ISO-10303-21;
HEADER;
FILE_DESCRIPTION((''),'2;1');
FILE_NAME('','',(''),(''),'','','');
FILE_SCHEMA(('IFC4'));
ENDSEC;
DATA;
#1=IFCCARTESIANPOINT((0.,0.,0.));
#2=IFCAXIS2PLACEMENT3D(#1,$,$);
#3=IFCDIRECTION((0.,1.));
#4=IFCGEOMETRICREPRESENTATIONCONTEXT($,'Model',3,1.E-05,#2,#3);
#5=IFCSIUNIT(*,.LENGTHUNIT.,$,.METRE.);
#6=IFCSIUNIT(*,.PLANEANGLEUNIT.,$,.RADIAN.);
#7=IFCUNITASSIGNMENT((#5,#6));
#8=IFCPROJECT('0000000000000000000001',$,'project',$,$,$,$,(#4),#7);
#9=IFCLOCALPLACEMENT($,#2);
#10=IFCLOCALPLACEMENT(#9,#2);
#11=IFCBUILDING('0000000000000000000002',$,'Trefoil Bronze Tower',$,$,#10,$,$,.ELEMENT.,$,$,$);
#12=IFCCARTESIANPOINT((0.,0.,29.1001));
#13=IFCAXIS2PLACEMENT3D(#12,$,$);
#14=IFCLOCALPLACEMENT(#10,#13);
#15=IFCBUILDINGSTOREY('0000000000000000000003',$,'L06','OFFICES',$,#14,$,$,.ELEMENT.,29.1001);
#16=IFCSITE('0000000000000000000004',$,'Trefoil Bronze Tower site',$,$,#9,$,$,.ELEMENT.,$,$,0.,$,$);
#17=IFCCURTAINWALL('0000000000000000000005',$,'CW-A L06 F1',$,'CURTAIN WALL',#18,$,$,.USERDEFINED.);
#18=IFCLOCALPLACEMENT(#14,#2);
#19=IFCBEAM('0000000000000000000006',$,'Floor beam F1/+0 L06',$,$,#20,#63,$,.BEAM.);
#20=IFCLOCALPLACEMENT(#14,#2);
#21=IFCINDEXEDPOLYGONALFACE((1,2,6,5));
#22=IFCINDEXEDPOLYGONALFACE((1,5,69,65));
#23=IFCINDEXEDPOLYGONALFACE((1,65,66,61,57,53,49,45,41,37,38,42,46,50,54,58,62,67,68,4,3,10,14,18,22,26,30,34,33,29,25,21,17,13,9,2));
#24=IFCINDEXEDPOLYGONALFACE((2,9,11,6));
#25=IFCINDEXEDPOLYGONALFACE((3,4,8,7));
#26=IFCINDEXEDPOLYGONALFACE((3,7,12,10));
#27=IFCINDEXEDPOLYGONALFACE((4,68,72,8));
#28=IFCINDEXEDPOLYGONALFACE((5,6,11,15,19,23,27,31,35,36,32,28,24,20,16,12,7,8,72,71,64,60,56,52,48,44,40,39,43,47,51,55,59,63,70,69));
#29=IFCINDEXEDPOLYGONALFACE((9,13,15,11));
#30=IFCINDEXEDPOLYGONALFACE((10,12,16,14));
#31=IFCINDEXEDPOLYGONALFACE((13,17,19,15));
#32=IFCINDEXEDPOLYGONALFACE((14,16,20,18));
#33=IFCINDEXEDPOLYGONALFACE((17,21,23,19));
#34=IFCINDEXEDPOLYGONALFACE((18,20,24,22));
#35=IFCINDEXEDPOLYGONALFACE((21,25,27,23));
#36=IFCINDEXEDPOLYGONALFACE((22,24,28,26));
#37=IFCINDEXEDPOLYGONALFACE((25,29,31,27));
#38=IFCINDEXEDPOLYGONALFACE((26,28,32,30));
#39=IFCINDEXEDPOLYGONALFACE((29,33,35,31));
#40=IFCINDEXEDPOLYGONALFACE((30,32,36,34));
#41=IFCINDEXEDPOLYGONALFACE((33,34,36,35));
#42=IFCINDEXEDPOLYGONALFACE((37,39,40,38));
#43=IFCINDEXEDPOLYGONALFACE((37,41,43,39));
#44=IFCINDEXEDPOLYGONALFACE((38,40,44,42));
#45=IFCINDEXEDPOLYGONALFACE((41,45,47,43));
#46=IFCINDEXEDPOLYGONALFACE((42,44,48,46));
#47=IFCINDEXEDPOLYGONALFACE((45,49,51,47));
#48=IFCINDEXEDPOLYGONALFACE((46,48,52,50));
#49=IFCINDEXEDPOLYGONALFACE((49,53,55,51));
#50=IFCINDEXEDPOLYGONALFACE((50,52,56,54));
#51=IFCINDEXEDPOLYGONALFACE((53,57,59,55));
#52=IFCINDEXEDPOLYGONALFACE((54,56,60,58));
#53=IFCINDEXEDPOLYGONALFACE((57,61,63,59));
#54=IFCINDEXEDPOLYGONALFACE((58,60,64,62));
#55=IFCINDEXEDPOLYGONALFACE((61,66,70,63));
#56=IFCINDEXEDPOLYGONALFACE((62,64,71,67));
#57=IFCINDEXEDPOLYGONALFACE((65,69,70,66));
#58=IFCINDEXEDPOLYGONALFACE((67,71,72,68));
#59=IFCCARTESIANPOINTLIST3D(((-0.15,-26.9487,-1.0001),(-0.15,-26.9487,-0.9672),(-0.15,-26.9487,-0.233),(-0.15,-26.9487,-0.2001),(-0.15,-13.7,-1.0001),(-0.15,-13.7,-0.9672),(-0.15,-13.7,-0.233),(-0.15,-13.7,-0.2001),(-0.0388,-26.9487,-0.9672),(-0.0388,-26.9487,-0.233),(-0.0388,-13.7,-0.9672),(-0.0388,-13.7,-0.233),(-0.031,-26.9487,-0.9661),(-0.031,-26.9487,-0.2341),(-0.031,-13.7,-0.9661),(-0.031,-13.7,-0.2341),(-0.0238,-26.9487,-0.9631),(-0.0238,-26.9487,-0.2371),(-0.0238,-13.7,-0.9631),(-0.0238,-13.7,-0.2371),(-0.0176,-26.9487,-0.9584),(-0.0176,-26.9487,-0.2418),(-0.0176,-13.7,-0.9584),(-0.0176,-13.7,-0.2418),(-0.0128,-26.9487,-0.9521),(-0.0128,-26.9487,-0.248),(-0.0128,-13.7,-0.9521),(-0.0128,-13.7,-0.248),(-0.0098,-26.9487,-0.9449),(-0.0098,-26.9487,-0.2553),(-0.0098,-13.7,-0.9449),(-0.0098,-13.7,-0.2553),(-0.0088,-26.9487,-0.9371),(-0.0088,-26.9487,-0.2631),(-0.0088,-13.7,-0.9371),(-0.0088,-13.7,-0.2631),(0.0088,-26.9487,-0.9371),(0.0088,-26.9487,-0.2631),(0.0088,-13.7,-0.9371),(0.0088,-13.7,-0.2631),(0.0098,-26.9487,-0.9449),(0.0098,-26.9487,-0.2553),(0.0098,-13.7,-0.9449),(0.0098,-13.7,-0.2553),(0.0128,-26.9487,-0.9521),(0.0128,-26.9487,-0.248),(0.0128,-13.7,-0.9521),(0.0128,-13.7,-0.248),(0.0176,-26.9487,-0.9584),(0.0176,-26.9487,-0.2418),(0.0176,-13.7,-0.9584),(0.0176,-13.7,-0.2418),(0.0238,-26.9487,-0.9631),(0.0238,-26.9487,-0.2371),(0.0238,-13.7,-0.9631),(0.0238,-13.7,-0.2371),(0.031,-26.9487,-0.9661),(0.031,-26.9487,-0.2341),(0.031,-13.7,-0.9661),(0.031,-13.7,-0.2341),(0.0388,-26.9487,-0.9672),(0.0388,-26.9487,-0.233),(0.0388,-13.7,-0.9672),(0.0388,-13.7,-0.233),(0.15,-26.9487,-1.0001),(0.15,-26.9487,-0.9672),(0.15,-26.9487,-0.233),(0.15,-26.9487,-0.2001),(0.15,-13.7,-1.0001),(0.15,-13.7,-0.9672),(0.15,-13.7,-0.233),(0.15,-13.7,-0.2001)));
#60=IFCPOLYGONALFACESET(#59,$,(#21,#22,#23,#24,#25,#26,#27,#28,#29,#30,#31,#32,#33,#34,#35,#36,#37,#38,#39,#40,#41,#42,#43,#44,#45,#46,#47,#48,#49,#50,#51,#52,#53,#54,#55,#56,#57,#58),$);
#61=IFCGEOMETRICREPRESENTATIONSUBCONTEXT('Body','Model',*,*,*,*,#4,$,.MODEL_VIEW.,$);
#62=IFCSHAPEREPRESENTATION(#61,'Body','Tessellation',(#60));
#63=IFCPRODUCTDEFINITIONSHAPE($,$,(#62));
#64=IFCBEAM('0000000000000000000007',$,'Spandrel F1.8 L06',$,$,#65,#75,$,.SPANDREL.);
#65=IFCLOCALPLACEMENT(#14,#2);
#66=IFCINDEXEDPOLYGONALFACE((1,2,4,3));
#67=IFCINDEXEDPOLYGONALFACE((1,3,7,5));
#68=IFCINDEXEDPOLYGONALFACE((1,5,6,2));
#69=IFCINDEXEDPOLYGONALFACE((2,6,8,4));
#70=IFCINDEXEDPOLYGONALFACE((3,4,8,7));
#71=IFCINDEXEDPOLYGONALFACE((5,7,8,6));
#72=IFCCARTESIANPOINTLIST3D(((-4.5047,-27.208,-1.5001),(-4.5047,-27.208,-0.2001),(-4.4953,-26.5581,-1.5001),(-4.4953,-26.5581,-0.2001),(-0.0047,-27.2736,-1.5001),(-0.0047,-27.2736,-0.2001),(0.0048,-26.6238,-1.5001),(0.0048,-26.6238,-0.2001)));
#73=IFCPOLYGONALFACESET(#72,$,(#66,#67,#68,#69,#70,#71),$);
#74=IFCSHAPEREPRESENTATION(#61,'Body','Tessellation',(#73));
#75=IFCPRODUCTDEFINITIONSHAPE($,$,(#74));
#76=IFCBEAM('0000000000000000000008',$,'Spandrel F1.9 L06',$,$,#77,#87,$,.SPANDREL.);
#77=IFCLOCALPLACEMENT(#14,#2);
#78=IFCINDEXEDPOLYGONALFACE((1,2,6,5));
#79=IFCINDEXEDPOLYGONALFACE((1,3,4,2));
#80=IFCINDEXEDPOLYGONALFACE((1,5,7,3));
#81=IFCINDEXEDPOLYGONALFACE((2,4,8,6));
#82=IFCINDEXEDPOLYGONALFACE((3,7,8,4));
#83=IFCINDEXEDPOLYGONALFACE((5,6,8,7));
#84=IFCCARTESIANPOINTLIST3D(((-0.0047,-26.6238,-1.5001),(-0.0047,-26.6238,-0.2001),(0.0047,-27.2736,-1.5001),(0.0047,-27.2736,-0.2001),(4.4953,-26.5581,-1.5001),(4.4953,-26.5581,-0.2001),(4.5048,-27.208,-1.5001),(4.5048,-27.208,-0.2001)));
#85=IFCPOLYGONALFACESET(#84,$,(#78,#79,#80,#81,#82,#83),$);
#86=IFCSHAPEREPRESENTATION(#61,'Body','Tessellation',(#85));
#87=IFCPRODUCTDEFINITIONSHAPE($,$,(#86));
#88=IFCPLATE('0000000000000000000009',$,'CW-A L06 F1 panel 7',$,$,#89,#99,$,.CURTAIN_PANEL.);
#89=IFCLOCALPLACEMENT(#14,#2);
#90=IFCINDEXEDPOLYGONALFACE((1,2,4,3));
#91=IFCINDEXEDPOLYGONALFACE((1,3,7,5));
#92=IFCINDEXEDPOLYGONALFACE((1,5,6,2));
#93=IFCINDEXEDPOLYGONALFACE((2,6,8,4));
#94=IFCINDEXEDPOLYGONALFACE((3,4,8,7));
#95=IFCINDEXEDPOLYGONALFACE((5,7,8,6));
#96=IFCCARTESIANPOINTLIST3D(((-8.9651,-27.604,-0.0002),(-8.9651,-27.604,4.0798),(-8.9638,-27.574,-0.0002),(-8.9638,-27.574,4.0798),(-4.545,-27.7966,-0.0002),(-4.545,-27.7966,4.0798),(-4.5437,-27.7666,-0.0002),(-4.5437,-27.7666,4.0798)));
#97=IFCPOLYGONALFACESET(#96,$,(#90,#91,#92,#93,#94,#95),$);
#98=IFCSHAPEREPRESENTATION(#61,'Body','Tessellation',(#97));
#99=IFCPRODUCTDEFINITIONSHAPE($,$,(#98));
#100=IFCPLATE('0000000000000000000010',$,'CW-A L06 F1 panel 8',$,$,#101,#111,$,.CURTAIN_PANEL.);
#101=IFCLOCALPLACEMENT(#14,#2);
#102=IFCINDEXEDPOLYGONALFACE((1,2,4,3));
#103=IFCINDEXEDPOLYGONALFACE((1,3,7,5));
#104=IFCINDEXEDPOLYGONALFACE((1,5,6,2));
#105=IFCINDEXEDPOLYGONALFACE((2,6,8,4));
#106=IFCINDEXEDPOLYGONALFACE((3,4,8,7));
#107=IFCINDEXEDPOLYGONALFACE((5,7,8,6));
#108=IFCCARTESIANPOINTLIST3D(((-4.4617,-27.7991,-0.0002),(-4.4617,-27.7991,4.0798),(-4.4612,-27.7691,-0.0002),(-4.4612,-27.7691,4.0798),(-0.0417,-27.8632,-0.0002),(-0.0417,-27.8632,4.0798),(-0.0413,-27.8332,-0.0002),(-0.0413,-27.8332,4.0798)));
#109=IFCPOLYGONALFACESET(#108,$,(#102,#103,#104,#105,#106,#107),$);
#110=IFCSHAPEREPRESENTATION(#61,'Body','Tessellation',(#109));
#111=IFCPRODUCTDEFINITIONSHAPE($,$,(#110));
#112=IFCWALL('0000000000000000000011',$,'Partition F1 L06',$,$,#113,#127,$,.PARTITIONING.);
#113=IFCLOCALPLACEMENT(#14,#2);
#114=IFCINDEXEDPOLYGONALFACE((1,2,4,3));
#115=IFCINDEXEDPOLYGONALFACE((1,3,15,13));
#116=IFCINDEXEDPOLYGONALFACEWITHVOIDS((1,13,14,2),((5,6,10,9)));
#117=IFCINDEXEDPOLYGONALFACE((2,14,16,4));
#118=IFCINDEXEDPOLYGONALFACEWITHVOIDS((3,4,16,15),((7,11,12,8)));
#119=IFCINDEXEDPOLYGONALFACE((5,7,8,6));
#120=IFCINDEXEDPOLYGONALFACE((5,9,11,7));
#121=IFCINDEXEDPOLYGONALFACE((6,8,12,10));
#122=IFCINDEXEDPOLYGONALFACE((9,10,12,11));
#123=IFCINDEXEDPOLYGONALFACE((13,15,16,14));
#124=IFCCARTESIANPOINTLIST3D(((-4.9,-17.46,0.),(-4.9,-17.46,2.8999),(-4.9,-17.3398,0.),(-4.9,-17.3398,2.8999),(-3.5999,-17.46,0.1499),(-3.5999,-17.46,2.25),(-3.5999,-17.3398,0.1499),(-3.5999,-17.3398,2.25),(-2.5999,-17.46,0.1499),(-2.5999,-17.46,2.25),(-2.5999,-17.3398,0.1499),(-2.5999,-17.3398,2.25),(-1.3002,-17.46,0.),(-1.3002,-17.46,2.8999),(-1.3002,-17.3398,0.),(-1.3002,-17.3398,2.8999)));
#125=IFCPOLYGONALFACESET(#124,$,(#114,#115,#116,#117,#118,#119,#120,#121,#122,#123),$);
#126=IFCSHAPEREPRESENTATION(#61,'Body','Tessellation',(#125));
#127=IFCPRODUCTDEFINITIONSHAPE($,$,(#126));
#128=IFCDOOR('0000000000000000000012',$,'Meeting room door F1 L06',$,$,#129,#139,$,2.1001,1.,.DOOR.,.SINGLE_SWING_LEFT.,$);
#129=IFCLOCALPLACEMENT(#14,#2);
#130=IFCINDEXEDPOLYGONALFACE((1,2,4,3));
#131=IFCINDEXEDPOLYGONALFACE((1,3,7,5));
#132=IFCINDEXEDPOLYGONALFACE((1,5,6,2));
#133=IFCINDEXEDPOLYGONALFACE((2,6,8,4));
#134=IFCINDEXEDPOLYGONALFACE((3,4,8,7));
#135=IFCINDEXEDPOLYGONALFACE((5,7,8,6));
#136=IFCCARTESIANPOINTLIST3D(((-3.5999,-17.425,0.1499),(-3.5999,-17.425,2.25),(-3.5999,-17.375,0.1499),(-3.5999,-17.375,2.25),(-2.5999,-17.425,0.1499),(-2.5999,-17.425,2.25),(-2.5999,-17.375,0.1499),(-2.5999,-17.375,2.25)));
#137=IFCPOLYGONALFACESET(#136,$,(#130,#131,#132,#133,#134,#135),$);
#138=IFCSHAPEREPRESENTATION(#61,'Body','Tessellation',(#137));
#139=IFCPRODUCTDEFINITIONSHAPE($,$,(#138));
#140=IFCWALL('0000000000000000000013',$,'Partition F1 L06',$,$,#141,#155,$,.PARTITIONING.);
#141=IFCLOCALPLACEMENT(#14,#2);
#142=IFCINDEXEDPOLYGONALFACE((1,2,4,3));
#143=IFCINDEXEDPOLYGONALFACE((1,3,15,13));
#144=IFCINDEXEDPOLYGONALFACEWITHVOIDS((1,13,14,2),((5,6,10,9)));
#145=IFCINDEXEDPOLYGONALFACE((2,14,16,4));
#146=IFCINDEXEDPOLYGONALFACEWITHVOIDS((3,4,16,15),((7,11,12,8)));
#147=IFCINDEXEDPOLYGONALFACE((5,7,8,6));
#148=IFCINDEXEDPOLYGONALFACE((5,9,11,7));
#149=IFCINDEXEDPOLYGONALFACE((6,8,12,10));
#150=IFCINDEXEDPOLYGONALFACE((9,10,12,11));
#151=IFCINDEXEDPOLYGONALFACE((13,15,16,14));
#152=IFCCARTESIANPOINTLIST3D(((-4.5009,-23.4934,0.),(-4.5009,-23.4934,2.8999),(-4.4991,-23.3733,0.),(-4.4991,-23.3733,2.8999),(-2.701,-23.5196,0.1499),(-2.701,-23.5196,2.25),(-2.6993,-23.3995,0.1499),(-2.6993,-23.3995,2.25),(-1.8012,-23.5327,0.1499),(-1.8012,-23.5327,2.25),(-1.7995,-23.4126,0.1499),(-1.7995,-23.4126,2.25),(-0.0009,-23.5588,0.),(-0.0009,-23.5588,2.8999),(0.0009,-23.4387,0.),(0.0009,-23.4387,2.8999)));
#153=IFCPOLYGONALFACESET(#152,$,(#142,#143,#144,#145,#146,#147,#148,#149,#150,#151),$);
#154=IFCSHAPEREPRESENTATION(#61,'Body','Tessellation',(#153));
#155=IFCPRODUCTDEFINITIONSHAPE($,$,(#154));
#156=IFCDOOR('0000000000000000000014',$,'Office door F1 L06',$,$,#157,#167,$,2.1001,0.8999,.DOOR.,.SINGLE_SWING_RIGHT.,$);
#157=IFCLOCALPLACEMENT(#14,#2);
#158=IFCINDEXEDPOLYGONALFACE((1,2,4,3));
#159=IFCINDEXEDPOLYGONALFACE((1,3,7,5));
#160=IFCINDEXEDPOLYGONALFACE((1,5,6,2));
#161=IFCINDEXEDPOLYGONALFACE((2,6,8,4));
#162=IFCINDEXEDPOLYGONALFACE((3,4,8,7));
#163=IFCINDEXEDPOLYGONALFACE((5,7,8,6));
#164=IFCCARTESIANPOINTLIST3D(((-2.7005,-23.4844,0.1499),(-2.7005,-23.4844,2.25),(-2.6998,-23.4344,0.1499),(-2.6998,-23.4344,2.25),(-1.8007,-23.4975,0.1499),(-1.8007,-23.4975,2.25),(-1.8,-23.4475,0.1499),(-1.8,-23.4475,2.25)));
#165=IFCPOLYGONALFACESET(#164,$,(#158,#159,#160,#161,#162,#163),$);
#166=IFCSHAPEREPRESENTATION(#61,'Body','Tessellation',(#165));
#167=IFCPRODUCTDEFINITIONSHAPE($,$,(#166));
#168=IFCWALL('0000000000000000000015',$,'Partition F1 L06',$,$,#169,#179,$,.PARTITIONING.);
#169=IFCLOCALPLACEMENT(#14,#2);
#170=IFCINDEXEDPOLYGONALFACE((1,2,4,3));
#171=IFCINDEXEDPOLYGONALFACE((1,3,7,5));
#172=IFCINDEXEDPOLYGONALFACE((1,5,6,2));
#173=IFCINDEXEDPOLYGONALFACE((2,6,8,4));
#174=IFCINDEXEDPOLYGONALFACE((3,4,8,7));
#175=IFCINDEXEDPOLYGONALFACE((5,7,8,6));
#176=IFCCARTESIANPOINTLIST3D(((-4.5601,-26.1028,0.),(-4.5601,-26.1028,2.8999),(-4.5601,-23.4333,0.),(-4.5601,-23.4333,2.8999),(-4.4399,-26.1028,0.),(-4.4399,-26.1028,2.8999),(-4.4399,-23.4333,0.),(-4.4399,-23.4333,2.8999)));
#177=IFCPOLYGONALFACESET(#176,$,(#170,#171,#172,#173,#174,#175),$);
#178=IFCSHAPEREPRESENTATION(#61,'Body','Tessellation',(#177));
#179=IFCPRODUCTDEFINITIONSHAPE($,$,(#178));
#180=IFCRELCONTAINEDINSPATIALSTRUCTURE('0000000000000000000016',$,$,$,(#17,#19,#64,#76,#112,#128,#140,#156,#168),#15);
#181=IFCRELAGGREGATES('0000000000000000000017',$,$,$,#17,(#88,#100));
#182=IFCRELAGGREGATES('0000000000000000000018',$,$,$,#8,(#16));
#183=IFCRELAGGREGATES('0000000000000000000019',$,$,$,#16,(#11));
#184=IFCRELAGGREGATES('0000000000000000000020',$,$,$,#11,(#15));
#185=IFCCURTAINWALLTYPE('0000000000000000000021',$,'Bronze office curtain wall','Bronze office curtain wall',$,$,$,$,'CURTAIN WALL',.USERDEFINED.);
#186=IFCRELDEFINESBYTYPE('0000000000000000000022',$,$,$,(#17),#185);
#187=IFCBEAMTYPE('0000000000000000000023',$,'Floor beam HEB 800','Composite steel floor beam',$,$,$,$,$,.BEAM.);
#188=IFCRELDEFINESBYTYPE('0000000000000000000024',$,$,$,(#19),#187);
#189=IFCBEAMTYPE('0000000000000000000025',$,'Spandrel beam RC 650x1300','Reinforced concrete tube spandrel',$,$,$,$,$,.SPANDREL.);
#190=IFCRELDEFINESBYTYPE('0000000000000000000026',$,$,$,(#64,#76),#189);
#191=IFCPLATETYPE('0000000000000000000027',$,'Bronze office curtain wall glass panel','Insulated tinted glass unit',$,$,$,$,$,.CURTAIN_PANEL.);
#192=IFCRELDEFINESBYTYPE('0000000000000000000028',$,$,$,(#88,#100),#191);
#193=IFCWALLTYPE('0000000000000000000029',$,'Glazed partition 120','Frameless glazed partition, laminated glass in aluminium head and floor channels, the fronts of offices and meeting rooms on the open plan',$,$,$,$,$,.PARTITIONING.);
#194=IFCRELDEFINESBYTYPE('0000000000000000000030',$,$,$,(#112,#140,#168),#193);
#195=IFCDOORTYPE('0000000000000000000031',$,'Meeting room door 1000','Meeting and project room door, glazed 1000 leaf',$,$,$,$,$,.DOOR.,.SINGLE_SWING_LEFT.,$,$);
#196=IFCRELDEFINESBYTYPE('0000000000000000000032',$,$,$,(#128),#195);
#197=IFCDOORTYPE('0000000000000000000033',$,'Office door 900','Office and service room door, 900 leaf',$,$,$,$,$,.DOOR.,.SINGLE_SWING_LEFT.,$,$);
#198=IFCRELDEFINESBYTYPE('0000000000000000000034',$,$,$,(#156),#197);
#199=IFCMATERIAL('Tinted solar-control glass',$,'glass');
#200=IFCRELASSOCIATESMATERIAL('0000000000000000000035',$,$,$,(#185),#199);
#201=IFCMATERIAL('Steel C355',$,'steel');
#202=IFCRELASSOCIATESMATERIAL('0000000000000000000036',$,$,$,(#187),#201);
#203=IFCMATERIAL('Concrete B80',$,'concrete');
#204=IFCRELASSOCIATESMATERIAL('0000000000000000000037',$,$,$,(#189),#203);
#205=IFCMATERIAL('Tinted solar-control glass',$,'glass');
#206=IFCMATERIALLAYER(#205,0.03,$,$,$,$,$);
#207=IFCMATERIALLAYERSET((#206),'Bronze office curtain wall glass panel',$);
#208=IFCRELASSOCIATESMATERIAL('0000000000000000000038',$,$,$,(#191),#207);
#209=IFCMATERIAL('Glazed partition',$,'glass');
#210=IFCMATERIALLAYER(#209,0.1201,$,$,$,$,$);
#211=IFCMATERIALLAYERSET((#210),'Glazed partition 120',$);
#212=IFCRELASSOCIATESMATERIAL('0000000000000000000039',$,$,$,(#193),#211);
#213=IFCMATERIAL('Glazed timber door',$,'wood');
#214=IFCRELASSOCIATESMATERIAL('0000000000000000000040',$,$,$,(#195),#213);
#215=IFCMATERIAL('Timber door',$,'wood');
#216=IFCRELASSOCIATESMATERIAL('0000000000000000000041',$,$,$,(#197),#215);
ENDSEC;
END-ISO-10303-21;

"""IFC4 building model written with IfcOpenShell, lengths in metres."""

from ifc_helpers import new_model, si_unit, direction, frame, frame_2d, origin, origin_2d, place, context, subcontext, project, spatial, rectangle, i_section, extrude, material, layer, layer_set, material_profile, profile_set, type_object, element, fill, aggregate, save


model = new_model("IFC4")

# Units and contexts
model_context = context("Model", 3, precision=1e-05, world=origin(), true_north=direction((0.0, 1.0)))
body_context = subcontext(model_context, "Body", "Model", "MODEL_VIEW")
ifc_project = project(units=[si_unit("LENGTHUNIT", "METRE"), si_unit("PLANEANGLEUNIT", "RADIAN")], contexts=[model_context])

# Site, building, storey
site_placement = place(None, origin())
site = spatial("IfcSite", under=ifc_project, at=site_placement, Name="Trefoil Bronze Tower site", CompositionType="ELEMENT", RefElevation=0.0)
building_placement = place(site_placement, origin())
building = spatial("IfcBuilding", under=site, at=building_placement, Name="Trefoil Bronze Tower", CompositionType="ELEMENT")
storey_placement = place(building_placement, frame((0.0, 0.0, 29.1001)))
storey = spatial("IfcBuildingStorey", under=building, at=storey_placement, Name="L06", Description="OFFICES", CompositionType="ELEMENT", Elevation=29.1001)

# Curtain wall
ifc_material_1 = material(Name="Tinted solar-control glass", Category="glass")
curtain_wall_type = type_object("IfcCurtainWallType", Name="Bronze office curtain wall", Description="Bronze office curtain wall", ElementType="CURTAIN WALL", PredefinedType="USERDEFINED", material=ifc_material_1)
curtain_wall_placement = place(storey_placement, origin())
curtain_wall = element("IfcCurtainWall", 1, at=curtain_wall_placement, inside=storey, type_object=curtain_wall_type, Name="CW-A L06 F1", ObjectType="CURTAIN WALL", PredefinedType="USERDEFINED")

# Beams
ifc_material_2 = material(Name="Steel C355", Category="steel")
ifc_material_profile_1 = material_profile(ifc_material_2, i_section(OverallWidth=0.3, OverallDepth=0.8, WebThickness=0.0176, FlangeThickness=0.033, FilletRadius=0.03, at=origin_2d()), Name="HEB 800")
ifc_profile_set_1 = profile_set([ifc_material_profile_1], Name="Steel C355")
beam_type_1 = type_object("IfcBeamType", Name="Floor beam HEB 800", Description="Composite steel floor beam", PredefinedType="BEAM", material=ifc_profile_set_1)
beam_1_placement = place(storey_placement, frame((0.0, -26.9487, -0.6001), z_axis=(0.0, 1.0, 0.0), x_axis=(-1.0, 0.0, 0.0)))
element("IfcBeam", 2, at=beam_1_placement, inside=storey, type_object=beam_type_1, Name="Floor beam F1/+0 L06", PredefinedType="BEAM", context=body_context, shape_type="SweptSolid", body=[
    extrude(i_section(OverallWidth=0.3, OverallDepth=0.8, WebThickness=0.0176, FlangeThickness=0.033, FilletRadius=0.03, at=origin_2d()), origin(), (0.0, 0.0, 1.0), 13.2488),
])
ifc_material_3 = material(Name="Concrete B80", Category="concrete")
ifc_material_profile_2 = material_profile(ifc_material_3, rectangle(XDim=0.6499, YDim=1.3, at=origin_2d()), Name="RC 650x1300")
ifc_profile_set_2 = profile_set([ifc_material_profile_2], Name="Concrete B80")
beam_type_2 = type_object("IfcBeamType", Name="Spandrel beam RC 650x1300", Description="Reinforced concrete tube spandrel", PredefinedType="SPANDREL", material=ifc_profile_set_2)
for number, where, z_axis, x_axis, name in (
    (3, (-4.5, -26.8831, -0.8501), (0.999894, -0.014593, 0.0), (0.014593, 0.999894, 0.0), "Spandrel F1.8 L06"),
    (4, (0.0, -26.9487, -0.8501), (0.999894, 0.014593, 0.0), (-0.014593, 0.999894, 0.0), "Spandrel F1.9 L06"),
):
    element("IfcBeam", number, at=place(storey_placement, frame(where, z_axis=z_axis, x_axis=x_axis)), inside=storey, type_object=beam_type_2, Name=name, PredefinedType="SPANDREL", context=body_context, shape_type="SweptSolid", body=[
        extrude(rectangle(XDim=0.6499, YDim=1.3, at=origin_2d()), origin(), (0.0, 0.0, 1.0), 4.5005),
    ])

# Plates
ifc_material_4 = material(Name="Tinted solar-control glass", Category="glass")
ifc_layer_1 = layer(ifc_material_4, 0.03)
ifc_layer_set_1 = layer_set([ifc_layer_1], Name="Bronze office curtain wall glass panel")
plate_type = type_object("IfcPlateType", Name="Bronze office curtain wall glass panel", Description="Insulated tinted glass unit", PredefinedType="CURTAIN_PANEL", material=ifc_layer_set_1)
plate_1_placement = place(storey_placement, frame((-6.7544, -27.6853, -0.0002), z_axis=(0.0, 0.0, 1.0), x_axis=(0.999052, -0.043528, 0.0)))
plate_1 = element("IfcPlate", 5, at=plate_1_placement, type_object=plate_type, Name="CW-A L06 F1 panel 7", PredefinedType="CURTAIN_PANEL", context=body_context, shape_type="SweptSolid", body=[
    extrude(rectangle(XDim=4.4243, YDim=0.03, at=origin_2d()), origin(), (0.0, 0.0, 1.0), 4.0801),
])
plate_2_placement = place(storey_placement, frame((-2.2515, -27.8162, -0.0002), z_axis=(0.0, 0.0, 1.0), x_axis=(0.999895, -0.014509, 0.0)))
plate_2 = element("IfcPlate", 6, at=plate_2_placement, type_object=plate_type, Name="CW-A L06 F1 panel 8", PredefinedType="CURTAIN_PANEL", context=body_context, shape_type="SweptSolid", body=[
    extrude(rectangle(XDim=4.4204, YDim=0.03, at=origin_2d()), origin(), (0.0, 0.0, 1.0), 4.0801),
])
aggregate(curtain_wall, [plate_1, plate_2])

# Walls, openings, doors
ifc_material_5 = material(Name="Glazed partition", Category="glass")
ifc_layer_2 = layer(ifc_material_5, 0.1201)
ifc_layer_set_2 = layer_set([ifc_layer_2], Name="Glazed partition 120")
wall_type = type_object("IfcWallType", Name="Glazed partition 120", Description="Frameless glazed partition, laminated glass in aluminium head and floor channels, the fronts of offices and meeting rooms on the open plan", PredefinedType="PARTITIONING", material=ifc_layer_set_2)
wall_1_placement = place(storey_placement, frame((-4.8999, -17.3999, 0.0), z_axis=(0.0, 0.0, 1.0), x_axis=(1.0, 0.0, 0.0)))
wall_1 = element("IfcWall", 7, at=wall_1_placement, inside=storey, type_object=wall_type, Name="Partition F1 L06", PredefinedType="PARTITIONING", context=body_context, shape_type="SweptSolid", body=[
    extrude(rectangle(XDim=3.5999, YDim=0.1201, at=frame_2d((1.7998, 0.0))), origin(), (0.0, 0.0, 1.0), 2.8999),
])
opening_1_placement = place(wall_1_placement, frame((1.3, 0.0, 0.1499)))
opening_1 = element("IfcOpeningElement", 8, at=opening_1_placement, cuts=wall_1, PredefinedType="OPENING", context=body_context, shape_type="SweptSolid", body=[
    extrude(rectangle(XDim=1.0, YDim=2.1001, at=frame_2d((0.5, 1.05))), frame((0.0, 0.0701, 0.0), z_axis=(0.0, -1.0, 0.0), x_axis=(1.0, 0.0, 0.0)), (0.0, 0.0, 1.0), 0.1401),
])
ifc_material_6 = material(Name="Glazed timber door", Category="wood")
door_type_1 = type_object("IfcDoorType", Name="Meeting room door 1000", Description="Meeting and project room door, glazed 1000 leaf", OperationType="SINGLE_SWING_LEFT", PredefinedType="DOOR", material=ifc_material_6)
door_1_placement = place(opening_1_placement, origin())
door_1 = element("IfcDoor", 9, at=door_1_placement, inside=storey, type_object=door_type_1, Name="Meeting room door F1 L06", OperationType="SINGLE_SWING_LEFT", OverallHeight=2.1001, OverallWidth=1.0, PredefinedType="DOOR", context=body_context, shape_type="SweptSolid", body=[
    extrude(rectangle(XDim=1.0, YDim=2.1001, at=frame_2d((0.5, 1.05))), frame((0.0, 0.0249, 0.0), z_axis=(0.0, -1.0, 0.0), x_axis=(1.0, 0.0, 0.0)), (0.0, 0.0, 1.0), 0.05),
])
fill(opening_1, door_1)
wall_2_placement = place(storey_placement, frame((-4.5, -23.4333, 0.0), z_axis=(0.0, 0.0, 1.0), x_axis=(0.999894, -0.014538, 0.0)))
wall_2 = element("IfcWall", 10, at=wall_2_placement, inside=storey, type_object=wall_type, Name="Partition F1 L06", PredefinedType="PARTITIONING", context=body_context, shape_type="SweptSolid", body=[
    extrude(rectangle(XDim=4.5005, YDim=0.1201, at=frame_2d((2.2502, 0.0))), origin(), (0.0, 0.0, 1.0), 2.8999),
])
opening_2_placement = place(wall_2_placement, frame((1.8, 0.0, 0.1499)))
opening_2 = element("IfcOpeningElement", 11, at=opening_2_placement, cuts=wall_2, PredefinedType="OPENING", context=body_context, shape_type="SweptSolid", body=[
    extrude(rectangle(XDim=0.8999, YDim=2.1001, at=frame_2d((0.45, 1.05))), frame((0.0, 0.0701, 0.0), z_axis=(0.0, -1.0, 0.0), x_axis=(1.0, 0.0, 0.0)), (0.0, 0.0, 1.0), 0.1401),
])
ifc_material_7 = material(Name="Timber door", Category="wood")
door_type_2 = type_object("IfcDoorType", Name="Office door 900", Description="Office and service room door, 900 leaf", OperationType="SINGLE_SWING_LEFT", PredefinedType="DOOR", material=ifc_material_7)
door_2_placement = place(opening_2_placement, frame((0.8999, 0.0, 0.0), z_axis=(0.0, 0.0, 1.0), x_axis=(-1.0, 0.0, 0.0)))
door_2 = element("IfcDoor", 12, at=door_2_placement, inside=storey, type_object=door_type_2, Name="Office door F1 L06", OperationType="SINGLE_SWING_RIGHT", OverallHeight=2.1001, OverallWidth=0.8999, PredefinedType="DOOR", context=body_context, shape_type="SweptSolid", body=[
    extrude(rectangle(XDim=0.8999, YDim=2.1001, at=frame_2d((0.45, 1.05))), frame((0.0, 0.0249, 0.0), z_axis=(0.0, -1.0, 0.0), x_axis=(1.0, 0.0, 0.0)), (0.0, 0.0, 1.0), 0.05),
])
fill(opening_2, door_2)

# Wall
wall_3_placement = place(storey_placement, frame((-4.5, -23.4333, 0.0), z_axis=(0.0, 0.0, 1.0), x_axis=(0.0, -1.0, 0.0)))
element("IfcWall", 13, at=wall_3_placement, inside=storey, type_object=wall_type, Name="Partition F1 L06", PredefinedType="PARTITIONING", context=body_context, shape_type="SweptSolid", body=[
    extrude(rectangle(XDim=2.6694, YDim=0.1201, at=frame_2d((1.3347, 0.0))), origin(), (0.0, 0.0, 1.0), 2.8999),
])

save(model, "model.ifc")
